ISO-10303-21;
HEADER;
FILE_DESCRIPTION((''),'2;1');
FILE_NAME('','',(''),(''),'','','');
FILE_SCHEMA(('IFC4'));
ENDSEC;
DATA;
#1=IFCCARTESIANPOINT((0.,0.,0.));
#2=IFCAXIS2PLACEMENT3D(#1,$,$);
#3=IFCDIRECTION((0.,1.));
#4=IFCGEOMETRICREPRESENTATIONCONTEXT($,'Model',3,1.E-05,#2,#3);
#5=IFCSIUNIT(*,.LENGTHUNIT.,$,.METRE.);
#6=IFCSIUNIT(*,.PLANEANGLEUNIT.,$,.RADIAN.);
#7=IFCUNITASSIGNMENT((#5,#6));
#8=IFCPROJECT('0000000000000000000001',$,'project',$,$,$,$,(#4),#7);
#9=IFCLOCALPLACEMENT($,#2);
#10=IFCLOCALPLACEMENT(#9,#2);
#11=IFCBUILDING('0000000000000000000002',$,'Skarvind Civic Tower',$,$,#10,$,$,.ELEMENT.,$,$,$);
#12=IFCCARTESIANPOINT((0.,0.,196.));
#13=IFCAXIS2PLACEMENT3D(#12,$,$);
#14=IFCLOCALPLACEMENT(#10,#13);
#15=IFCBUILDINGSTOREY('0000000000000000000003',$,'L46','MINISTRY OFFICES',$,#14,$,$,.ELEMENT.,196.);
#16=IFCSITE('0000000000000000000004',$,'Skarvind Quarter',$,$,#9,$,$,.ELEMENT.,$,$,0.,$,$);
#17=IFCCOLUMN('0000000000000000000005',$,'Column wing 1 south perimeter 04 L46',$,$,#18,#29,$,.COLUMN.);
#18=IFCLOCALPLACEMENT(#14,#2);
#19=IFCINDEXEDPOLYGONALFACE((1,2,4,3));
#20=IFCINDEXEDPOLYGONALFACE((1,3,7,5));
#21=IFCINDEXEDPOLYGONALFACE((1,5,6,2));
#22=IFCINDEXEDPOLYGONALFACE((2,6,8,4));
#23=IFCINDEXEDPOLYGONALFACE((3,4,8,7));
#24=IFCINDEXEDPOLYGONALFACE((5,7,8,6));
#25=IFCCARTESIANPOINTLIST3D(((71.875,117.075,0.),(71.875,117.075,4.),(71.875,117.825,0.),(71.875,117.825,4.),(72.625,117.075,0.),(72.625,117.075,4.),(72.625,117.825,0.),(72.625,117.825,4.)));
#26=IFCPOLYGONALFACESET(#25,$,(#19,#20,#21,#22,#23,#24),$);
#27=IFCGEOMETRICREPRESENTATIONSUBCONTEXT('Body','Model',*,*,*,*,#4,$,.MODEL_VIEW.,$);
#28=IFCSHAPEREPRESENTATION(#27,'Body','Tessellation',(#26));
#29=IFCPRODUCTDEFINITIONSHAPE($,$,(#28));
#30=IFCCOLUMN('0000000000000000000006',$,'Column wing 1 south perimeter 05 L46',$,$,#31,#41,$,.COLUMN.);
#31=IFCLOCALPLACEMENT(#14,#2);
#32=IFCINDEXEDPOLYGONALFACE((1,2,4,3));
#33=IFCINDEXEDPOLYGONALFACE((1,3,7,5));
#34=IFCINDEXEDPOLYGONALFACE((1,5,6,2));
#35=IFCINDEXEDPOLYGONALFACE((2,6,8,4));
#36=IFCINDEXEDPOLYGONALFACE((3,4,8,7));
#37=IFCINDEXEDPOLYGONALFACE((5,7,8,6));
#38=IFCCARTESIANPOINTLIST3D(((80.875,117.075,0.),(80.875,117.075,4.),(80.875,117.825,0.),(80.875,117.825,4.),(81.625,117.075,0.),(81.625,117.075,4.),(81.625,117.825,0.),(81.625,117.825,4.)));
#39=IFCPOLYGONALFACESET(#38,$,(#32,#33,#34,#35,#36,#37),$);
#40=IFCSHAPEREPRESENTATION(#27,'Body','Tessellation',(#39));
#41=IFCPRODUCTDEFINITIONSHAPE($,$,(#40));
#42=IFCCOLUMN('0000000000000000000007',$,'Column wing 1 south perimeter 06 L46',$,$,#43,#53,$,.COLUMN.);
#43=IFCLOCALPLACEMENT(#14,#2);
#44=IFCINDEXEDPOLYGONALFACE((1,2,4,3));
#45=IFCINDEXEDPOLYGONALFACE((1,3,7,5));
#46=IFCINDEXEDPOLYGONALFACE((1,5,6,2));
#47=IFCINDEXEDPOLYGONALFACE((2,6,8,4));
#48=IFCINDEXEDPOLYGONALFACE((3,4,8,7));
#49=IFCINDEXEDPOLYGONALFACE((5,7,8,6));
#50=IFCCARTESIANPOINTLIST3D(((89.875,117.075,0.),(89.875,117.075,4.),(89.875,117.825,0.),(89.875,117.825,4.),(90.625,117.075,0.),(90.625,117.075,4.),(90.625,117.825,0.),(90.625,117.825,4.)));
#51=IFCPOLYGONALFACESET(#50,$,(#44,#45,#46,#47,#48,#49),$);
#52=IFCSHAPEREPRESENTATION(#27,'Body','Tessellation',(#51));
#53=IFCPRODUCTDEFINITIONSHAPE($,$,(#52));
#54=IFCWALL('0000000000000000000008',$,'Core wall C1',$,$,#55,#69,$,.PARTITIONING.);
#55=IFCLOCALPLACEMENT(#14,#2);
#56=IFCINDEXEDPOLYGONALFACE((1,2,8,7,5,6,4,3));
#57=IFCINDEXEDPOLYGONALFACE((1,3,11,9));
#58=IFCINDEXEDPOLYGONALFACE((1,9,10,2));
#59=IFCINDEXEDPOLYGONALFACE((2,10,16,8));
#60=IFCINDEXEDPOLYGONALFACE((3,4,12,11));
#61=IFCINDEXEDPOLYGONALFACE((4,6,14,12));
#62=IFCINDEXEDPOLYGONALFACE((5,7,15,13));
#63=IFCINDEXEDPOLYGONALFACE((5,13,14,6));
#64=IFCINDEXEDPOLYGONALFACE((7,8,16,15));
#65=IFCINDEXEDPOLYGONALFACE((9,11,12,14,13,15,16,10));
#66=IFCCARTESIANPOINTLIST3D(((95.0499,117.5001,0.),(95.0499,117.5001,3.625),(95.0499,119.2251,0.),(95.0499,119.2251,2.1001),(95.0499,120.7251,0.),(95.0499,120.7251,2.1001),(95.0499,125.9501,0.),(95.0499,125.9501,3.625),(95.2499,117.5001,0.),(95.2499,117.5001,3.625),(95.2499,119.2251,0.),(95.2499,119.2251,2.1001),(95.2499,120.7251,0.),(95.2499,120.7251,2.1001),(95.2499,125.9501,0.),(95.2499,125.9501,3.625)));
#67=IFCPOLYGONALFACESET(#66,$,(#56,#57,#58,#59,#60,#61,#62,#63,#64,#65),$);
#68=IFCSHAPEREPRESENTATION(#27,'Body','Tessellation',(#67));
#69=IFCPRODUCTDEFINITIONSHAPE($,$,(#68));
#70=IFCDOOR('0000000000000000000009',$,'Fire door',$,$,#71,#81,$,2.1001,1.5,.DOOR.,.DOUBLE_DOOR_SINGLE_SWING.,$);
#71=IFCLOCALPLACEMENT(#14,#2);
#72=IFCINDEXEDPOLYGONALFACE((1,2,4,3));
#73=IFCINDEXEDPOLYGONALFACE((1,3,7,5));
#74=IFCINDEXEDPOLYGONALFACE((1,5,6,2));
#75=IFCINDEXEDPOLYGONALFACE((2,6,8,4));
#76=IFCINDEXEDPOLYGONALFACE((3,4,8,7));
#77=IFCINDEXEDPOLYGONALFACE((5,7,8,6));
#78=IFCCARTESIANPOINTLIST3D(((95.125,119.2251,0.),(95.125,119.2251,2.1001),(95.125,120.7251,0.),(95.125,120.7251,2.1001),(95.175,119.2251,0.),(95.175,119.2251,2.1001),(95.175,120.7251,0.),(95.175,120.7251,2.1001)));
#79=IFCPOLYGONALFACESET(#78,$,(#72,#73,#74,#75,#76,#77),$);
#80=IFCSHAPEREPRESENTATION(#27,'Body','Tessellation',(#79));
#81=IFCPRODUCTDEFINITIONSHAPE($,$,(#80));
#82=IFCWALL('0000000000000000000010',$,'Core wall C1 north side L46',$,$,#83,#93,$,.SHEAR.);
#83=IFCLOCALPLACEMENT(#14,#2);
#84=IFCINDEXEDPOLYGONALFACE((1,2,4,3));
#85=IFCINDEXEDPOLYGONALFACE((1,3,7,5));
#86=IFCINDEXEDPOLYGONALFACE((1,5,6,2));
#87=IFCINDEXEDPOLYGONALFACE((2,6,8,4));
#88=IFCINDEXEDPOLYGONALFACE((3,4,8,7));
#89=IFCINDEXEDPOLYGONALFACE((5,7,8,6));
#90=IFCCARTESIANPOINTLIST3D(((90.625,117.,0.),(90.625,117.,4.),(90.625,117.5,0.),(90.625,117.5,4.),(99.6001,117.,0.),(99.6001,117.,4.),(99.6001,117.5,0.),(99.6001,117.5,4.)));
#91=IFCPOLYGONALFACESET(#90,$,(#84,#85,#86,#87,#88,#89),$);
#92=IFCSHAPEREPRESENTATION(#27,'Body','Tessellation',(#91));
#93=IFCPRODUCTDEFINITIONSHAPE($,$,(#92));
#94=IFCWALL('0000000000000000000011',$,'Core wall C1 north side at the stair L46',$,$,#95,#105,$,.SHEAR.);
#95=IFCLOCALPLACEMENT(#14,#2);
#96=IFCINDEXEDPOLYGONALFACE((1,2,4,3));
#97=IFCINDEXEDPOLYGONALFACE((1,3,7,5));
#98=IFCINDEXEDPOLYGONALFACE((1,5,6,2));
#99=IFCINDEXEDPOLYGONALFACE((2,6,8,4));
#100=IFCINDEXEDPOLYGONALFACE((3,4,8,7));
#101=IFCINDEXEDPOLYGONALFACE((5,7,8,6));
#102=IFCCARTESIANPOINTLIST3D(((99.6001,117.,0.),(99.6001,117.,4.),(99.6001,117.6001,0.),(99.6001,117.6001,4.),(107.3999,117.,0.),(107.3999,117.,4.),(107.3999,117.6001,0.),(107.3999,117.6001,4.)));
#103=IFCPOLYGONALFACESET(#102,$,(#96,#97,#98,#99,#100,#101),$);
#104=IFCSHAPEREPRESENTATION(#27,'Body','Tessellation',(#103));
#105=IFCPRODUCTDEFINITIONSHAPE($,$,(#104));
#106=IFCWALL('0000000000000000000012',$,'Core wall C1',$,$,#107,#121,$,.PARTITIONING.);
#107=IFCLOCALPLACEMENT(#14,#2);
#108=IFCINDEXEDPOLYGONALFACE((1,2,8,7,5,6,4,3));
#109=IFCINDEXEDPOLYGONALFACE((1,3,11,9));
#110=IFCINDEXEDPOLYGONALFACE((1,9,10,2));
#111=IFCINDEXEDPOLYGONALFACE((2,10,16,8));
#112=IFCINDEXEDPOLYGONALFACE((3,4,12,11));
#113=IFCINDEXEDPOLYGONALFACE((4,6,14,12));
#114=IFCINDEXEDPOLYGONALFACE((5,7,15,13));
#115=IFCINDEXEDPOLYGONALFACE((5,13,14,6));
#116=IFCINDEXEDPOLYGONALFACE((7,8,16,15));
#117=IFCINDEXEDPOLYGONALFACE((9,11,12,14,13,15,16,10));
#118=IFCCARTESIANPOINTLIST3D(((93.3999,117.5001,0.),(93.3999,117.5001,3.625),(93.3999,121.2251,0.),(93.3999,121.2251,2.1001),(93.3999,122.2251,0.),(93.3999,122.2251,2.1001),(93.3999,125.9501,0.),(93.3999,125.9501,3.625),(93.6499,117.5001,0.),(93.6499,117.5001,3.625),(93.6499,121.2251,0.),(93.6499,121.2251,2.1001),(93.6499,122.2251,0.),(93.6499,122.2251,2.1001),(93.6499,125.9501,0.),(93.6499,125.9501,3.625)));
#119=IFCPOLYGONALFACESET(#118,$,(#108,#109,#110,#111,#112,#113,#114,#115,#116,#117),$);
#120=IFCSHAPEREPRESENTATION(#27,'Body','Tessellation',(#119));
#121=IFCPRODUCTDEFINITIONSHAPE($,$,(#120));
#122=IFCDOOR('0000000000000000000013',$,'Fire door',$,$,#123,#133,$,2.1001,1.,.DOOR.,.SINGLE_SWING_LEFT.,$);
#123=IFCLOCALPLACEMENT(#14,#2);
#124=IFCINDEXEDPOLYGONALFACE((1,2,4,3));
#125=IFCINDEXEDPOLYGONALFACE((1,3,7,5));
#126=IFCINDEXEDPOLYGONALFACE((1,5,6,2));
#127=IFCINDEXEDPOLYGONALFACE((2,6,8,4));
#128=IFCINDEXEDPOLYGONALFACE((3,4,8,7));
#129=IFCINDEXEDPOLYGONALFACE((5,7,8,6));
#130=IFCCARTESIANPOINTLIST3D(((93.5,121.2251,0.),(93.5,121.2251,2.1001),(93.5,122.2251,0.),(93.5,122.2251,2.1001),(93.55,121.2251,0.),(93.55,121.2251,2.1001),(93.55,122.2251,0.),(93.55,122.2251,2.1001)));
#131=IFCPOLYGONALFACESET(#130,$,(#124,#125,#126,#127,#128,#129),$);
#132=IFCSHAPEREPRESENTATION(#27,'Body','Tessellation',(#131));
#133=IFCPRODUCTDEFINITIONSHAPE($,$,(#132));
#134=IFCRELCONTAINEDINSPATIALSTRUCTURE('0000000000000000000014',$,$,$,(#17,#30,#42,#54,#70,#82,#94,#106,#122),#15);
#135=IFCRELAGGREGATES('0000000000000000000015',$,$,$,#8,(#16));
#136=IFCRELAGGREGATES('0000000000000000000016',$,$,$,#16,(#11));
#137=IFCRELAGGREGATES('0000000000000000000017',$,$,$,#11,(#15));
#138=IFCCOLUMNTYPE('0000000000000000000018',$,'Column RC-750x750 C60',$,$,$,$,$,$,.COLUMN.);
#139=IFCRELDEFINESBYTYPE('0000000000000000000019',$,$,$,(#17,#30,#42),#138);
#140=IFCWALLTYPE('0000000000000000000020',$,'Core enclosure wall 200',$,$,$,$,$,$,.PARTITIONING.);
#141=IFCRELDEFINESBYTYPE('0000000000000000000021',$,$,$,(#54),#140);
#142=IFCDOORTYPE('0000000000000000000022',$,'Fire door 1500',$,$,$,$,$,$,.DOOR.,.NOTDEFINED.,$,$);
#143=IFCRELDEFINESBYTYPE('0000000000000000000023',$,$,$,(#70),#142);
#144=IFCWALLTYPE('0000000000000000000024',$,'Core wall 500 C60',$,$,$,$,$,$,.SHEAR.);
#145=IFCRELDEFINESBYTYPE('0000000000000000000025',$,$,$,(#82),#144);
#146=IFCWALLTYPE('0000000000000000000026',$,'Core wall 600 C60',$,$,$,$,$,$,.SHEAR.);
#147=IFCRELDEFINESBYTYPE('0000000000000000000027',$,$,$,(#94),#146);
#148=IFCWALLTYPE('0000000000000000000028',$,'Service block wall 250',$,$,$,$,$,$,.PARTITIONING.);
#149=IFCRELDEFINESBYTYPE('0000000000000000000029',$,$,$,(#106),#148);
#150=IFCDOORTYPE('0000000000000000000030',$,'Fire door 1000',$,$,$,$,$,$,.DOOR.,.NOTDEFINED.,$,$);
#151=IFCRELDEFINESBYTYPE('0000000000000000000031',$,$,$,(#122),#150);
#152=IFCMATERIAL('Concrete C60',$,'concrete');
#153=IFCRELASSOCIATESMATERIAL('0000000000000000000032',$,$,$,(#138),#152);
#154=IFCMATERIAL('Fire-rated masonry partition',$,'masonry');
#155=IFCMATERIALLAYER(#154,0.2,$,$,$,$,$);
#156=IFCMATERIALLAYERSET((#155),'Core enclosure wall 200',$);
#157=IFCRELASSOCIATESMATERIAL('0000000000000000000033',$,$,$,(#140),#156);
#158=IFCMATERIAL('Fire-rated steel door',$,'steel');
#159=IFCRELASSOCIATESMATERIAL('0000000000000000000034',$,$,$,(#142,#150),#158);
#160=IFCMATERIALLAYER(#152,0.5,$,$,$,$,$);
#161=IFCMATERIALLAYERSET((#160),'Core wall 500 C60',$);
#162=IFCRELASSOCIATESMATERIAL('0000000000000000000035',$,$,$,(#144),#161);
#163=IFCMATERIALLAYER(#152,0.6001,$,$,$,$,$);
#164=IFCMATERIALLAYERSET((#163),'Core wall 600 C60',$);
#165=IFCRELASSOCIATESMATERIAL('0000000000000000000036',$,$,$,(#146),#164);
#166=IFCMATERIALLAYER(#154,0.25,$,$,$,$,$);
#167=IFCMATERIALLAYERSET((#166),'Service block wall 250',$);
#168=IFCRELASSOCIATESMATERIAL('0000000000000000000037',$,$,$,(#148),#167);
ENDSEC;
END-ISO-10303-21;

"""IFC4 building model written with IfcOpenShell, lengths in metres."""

from ifc_helpers import new_model, si_unit, direction, frame, frame_2d, origin, origin_2d, place, context, subcontext, project, spatial, rectangle, extrude, material, layer, layer_set, material_profile, profile_set, type_object, element, fill, save


model = new_model("IFC4")

# Units and contexts
model_context = context("Model", 3, precision=1e-05, world=origin(), true_north=direction((0.0, 1.0)))
body_context = subcontext(model_context, "Body", "Model", "MODEL_VIEW")
ifc_project = project(units=[si_unit("LENGTHUNIT", "METRE"), si_unit("PLANEANGLEUNIT", "RADIAN")], contexts=[model_context])

# Site, building, storey
site_placement = place(None, origin())
site = spatial("IfcSite", under=ifc_project, at=site_placement, Name="Skarvind Quarter", CompositionType="ELEMENT", RefElevation=0.0)
building_placement = place(site_placement, origin())
building = spatial("IfcBuilding", under=site, at=building_placement, Name="Skarvind Civic Tower", CompositionType="ELEMENT")
storey_placement = place(building_placement, frame((0.0, 0.0, 196.0)))
storey = spatial("IfcBuildingStorey", under=building, at=storey_placement, Name="L46", Description="MINISTRY OFFICES", CompositionType="ELEMENT", Elevation=196.0)

# Columns
ifc_material_1 = material(Name="Concrete C60", Category="concrete")
ifc_material_profile_1 = material_profile(ifc_material_1, rectangle(XDim=0.75, YDim=0.75, at=origin_2d()), Name="RC-750x750")
ifc_profile_set_1 = profile_set([ifc_material_profile_1], Name="Concrete C60")
column_type = type_object("IfcColumnType", Name="Column RC-750x750 C60", PredefinedType="COLUMN", material=ifc_profile_set_1)
for number, where, z_axis, x_axis, name in (
    (1, (72.25, 117.45, 0.0), (0.0, 0.0, 1.0), (1.0, 0.0, 0.0), "Column wing 1 south perimeter 04 L46"),
    (2, (81.25, 117.45, 0.0), (0.0, 0.0, 1.0), (1.0, 0.0, 0.0), "Column wing 1 south perimeter 05 L46"),
    (3, (90.25, 117.45, 0.0), (0.0, 0.0, 1.0), (1.0, 0.0, 0.0), "Column wing 1 south perimeter 06 L46"),
):
    element("IfcColumn", number, at=place(storey_placement, frame(where, z_axis=z_axis, x_axis=x_axis)), inside=storey, type_object=column_type, Name=name, PredefinedType="COLUMN", context=body_context, shape_type="SweptSolid", body=[
        extrude(rectangle(XDim=0.75, YDim=0.75, at=origin_2d()), origin(), (0.0, 0.0, 1.0), 4.0),
    ])

# Wall, opening, door
ifc_material_2 = material(Name="Fire-rated masonry partition", Category="masonry")
ifc_layer_1 = layer(ifc_material_2, 0.2)
ifc_layer_set_1 = layer_set([ifc_layer_1], Name="Core enclosure wall 200")
wall_type_1 = type_object("IfcWallType", Name="Core enclosure wall 200", PredefinedType="PARTITIONING", material=ifc_layer_set_1)
wall_1_placement = place(storey_placement, frame((95.1499, 117.5, 0.0), z_axis=(0.0, 0.0, 1.0), x_axis=(0.0, 1.0, 0.0)))
wall_1 = element("IfcWall", 4, at=wall_1_placement, inside=storey, type_object=wall_type_1, Name="Core wall C1", PredefinedType="PARTITIONING", context=body_context, shape_type="SweptSolid", body=[
    extrude(rectangle(XDim=8.45, YDim=0.2, at=frame_2d((4.2251, 0.0))), origin(), (0.0, 0.0, 1.0), 3.625),
])
opening_1_placement = place(wall_1_placement, frame((1.7251, 0.0, 0.0)))
opening_1 = element("IfcOpeningElement", 5, at=opening_1_placement, cuts=wall_1, PredefinedType="OPENING", context=body_context, shape_type="SweptSolid", body=[
    extrude(rectangle(XDim=1.5, YDim=2.1001, at=frame_2d((0.75, 1.05))), frame((0.0, 0.1099, 0.0), z_axis=(0.0, -1.0, 0.0), x_axis=(1.0, 0.0, 0.0)), (0.0, 0.0, 1.0), 0.22),
])
ifc_material_3 = material(Name="Fire-rated steel door", Category="steel")
door_type_1 = type_object("IfcDoorType", Name="Fire door 1500", OperationType="NOTDEFINED", PredefinedType="DOOR", material=ifc_material_3)
door_1_placement = place(opening_1_placement, origin())
door_1 = element("IfcDoor", 6, at=door_1_placement, inside=storey, type_object=door_type_1, Name="Fire door", OperationType="DOUBLE_DOOR_SINGLE_SWING", OverallHeight=2.1001, OverallWidth=1.5, PredefinedType="DOOR", context=body_context, shape_type="SweptSolid", body=[
    extrude(rectangle(XDim=1.5, YDim=2.1001, at=frame_2d((0.75, 1.05))), frame((0.0, 0.0249, 0.0), z_axis=(0.0, -1.0, 0.0), x_axis=(1.0, 0.0, 0.0)), (0.0, 0.0, 1.0), 0.05),
])
fill(opening_1, door_1)

# Walls
ifc_layer_2 = layer(ifc_material_1, 0.5)
ifc_layer_set_2 = layer_set([ifc_layer_2], Name="Core wall 500 C60")
wall_type_2 = type_object("IfcWallType", Name="Core wall 500 C60", PredefinedType="SHEAR", material=ifc_layer_set_2)
wall_2_placement = place(storey_placement, frame((99.6001, 117.25, 0.0), z_axis=(0.0, 0.0, 1.0), x_axis=(-1.0, 0.0, 0.0)))
element("IfcWall", 7, at=wall_2_placement, inside=storey, type_object=wall_type_2, Name="Core wall C1 north side L46", PredefinedType="SHEAR", context=body_context, shape_type="SweptSolid", body=[
    extrude(rectangle(XDim=8.9751, YDim=0.5, at=frame_2d((4.4875, 0.0))), origin(), (0.0, 0.0, 1.0), 4.0),
])
ifc_layer_3 = layer(ifc_material_1, 0.6001)
ifc_layer_set_3 = layer_set([ifc_layer_3], Name="Core wall 600 C60")
wall_type_3 = type_object("IfcWallType", Name="Core wall 600 C60", PredefinedType="SHEAR", material=ifc_layer_set_3)
wall_3_placement = place(storey_placement, frame((107.3999, 117.3, 0.0), z_axis=(0.0, 0.0, 1.0), x_axis=(-1.0, 0.0, 0.0)))
element("IfcWall", 8, at=wall_3_placement, inside=storey, type_object=wall_type_3, Name="Core wall C1 north side at the stair L46", PredefinedType="SHEAR", context=body_context, shape_type="SweptSolid", body=[
    extrude(rectangle(XDim=7.7998, YDim=0.6001, at=frame_2d((3.8999, 0.0))), origin(), (0.0, 0.0, 1.0), 4.0),
])

# Wall, opening, door
ifc_layer_4 = layer(ifc_material_2, 0.25)
ifc_layer_set_4 = layer_set([ifc_layer_4], Name="Service block wall 250")
wall_type_4 = type_object("IfcWallType", Name="Service block wall 250", PredefinedType="PARTITIONING", material=ifc_layer_set_4)
wall_4_placement = place(storey_placement, frame((93.5249, 117.5, 0.0), z_axis=(0.0, 0.0, 1.0), x_axis=(0.0, 1.0, 0.0)))
wall_4 = element("IfcWall", 9, at=wall_4_placement, inside=storey, type_object=wall_type_4, Name="Core wall C1", PredefinedType="PARTITIONING", context=body_context, shape_type="SweptSolid", body=[
    extrude(rectangle(XDim=8.45, YDim=0.25, at=frame_2d((4.2251, 0.0))), origin(), (0.0, 0.0, 1.0), 3.625),
])
opening_2_placement = place(wall_4_placement, frame((3.7251, 0.0, 0.0)))
opening_2 = element("IfcOpeningElement", 10, at=opening_2_placement, cuts=wall_4, PredefinedType="OPENING", context=body_context, shape_type="SweptSolid", body=[
    extrude(rectangle(XDim=1.0, YDim=2.1001, at=frame_2d((0.5, 1.05))), frame((0.0, 0.135, 0.0), z_axis=(0.0, -1.0, 0.0), x_axis=(1.0, 0.0, 0.0)), (0.0, 0.0, 1.0), 0.27),
])
door_type_2 = type_object("IfcDoorType", Name="Fire door 1000", OperationType="NOTDEFINED", PredefinedType="DOOR", material=ifc_material_3)
door_2_placement = place(opening_2_placement, origin())
door_2 = element("IfcDoor", 11, at=door_2_placement, inside=storey, type_object=door_type_2, Name="Fire door", OperationType="SINGLE_SWING_LEFT", OverallHeight=2.1001, OverallWidth=1.0, PredefinedType="DOOR", context=body_context, shape_type="SweptSolid", body=[
    extrude(rectangle(XDim=1.0, YDim=2.1001, at=frame_2d((0.5, 1.05))), frame((0.0, 0.0249, 0.0), z_axis=(0.0, -1.0, 0.0), x_axis=(1.0, 0.0, 0.0)), (0.0, 0.0, 1.0), 0.05),
])
fill(opening_2, door_2)

save(model, "model.ifc")
